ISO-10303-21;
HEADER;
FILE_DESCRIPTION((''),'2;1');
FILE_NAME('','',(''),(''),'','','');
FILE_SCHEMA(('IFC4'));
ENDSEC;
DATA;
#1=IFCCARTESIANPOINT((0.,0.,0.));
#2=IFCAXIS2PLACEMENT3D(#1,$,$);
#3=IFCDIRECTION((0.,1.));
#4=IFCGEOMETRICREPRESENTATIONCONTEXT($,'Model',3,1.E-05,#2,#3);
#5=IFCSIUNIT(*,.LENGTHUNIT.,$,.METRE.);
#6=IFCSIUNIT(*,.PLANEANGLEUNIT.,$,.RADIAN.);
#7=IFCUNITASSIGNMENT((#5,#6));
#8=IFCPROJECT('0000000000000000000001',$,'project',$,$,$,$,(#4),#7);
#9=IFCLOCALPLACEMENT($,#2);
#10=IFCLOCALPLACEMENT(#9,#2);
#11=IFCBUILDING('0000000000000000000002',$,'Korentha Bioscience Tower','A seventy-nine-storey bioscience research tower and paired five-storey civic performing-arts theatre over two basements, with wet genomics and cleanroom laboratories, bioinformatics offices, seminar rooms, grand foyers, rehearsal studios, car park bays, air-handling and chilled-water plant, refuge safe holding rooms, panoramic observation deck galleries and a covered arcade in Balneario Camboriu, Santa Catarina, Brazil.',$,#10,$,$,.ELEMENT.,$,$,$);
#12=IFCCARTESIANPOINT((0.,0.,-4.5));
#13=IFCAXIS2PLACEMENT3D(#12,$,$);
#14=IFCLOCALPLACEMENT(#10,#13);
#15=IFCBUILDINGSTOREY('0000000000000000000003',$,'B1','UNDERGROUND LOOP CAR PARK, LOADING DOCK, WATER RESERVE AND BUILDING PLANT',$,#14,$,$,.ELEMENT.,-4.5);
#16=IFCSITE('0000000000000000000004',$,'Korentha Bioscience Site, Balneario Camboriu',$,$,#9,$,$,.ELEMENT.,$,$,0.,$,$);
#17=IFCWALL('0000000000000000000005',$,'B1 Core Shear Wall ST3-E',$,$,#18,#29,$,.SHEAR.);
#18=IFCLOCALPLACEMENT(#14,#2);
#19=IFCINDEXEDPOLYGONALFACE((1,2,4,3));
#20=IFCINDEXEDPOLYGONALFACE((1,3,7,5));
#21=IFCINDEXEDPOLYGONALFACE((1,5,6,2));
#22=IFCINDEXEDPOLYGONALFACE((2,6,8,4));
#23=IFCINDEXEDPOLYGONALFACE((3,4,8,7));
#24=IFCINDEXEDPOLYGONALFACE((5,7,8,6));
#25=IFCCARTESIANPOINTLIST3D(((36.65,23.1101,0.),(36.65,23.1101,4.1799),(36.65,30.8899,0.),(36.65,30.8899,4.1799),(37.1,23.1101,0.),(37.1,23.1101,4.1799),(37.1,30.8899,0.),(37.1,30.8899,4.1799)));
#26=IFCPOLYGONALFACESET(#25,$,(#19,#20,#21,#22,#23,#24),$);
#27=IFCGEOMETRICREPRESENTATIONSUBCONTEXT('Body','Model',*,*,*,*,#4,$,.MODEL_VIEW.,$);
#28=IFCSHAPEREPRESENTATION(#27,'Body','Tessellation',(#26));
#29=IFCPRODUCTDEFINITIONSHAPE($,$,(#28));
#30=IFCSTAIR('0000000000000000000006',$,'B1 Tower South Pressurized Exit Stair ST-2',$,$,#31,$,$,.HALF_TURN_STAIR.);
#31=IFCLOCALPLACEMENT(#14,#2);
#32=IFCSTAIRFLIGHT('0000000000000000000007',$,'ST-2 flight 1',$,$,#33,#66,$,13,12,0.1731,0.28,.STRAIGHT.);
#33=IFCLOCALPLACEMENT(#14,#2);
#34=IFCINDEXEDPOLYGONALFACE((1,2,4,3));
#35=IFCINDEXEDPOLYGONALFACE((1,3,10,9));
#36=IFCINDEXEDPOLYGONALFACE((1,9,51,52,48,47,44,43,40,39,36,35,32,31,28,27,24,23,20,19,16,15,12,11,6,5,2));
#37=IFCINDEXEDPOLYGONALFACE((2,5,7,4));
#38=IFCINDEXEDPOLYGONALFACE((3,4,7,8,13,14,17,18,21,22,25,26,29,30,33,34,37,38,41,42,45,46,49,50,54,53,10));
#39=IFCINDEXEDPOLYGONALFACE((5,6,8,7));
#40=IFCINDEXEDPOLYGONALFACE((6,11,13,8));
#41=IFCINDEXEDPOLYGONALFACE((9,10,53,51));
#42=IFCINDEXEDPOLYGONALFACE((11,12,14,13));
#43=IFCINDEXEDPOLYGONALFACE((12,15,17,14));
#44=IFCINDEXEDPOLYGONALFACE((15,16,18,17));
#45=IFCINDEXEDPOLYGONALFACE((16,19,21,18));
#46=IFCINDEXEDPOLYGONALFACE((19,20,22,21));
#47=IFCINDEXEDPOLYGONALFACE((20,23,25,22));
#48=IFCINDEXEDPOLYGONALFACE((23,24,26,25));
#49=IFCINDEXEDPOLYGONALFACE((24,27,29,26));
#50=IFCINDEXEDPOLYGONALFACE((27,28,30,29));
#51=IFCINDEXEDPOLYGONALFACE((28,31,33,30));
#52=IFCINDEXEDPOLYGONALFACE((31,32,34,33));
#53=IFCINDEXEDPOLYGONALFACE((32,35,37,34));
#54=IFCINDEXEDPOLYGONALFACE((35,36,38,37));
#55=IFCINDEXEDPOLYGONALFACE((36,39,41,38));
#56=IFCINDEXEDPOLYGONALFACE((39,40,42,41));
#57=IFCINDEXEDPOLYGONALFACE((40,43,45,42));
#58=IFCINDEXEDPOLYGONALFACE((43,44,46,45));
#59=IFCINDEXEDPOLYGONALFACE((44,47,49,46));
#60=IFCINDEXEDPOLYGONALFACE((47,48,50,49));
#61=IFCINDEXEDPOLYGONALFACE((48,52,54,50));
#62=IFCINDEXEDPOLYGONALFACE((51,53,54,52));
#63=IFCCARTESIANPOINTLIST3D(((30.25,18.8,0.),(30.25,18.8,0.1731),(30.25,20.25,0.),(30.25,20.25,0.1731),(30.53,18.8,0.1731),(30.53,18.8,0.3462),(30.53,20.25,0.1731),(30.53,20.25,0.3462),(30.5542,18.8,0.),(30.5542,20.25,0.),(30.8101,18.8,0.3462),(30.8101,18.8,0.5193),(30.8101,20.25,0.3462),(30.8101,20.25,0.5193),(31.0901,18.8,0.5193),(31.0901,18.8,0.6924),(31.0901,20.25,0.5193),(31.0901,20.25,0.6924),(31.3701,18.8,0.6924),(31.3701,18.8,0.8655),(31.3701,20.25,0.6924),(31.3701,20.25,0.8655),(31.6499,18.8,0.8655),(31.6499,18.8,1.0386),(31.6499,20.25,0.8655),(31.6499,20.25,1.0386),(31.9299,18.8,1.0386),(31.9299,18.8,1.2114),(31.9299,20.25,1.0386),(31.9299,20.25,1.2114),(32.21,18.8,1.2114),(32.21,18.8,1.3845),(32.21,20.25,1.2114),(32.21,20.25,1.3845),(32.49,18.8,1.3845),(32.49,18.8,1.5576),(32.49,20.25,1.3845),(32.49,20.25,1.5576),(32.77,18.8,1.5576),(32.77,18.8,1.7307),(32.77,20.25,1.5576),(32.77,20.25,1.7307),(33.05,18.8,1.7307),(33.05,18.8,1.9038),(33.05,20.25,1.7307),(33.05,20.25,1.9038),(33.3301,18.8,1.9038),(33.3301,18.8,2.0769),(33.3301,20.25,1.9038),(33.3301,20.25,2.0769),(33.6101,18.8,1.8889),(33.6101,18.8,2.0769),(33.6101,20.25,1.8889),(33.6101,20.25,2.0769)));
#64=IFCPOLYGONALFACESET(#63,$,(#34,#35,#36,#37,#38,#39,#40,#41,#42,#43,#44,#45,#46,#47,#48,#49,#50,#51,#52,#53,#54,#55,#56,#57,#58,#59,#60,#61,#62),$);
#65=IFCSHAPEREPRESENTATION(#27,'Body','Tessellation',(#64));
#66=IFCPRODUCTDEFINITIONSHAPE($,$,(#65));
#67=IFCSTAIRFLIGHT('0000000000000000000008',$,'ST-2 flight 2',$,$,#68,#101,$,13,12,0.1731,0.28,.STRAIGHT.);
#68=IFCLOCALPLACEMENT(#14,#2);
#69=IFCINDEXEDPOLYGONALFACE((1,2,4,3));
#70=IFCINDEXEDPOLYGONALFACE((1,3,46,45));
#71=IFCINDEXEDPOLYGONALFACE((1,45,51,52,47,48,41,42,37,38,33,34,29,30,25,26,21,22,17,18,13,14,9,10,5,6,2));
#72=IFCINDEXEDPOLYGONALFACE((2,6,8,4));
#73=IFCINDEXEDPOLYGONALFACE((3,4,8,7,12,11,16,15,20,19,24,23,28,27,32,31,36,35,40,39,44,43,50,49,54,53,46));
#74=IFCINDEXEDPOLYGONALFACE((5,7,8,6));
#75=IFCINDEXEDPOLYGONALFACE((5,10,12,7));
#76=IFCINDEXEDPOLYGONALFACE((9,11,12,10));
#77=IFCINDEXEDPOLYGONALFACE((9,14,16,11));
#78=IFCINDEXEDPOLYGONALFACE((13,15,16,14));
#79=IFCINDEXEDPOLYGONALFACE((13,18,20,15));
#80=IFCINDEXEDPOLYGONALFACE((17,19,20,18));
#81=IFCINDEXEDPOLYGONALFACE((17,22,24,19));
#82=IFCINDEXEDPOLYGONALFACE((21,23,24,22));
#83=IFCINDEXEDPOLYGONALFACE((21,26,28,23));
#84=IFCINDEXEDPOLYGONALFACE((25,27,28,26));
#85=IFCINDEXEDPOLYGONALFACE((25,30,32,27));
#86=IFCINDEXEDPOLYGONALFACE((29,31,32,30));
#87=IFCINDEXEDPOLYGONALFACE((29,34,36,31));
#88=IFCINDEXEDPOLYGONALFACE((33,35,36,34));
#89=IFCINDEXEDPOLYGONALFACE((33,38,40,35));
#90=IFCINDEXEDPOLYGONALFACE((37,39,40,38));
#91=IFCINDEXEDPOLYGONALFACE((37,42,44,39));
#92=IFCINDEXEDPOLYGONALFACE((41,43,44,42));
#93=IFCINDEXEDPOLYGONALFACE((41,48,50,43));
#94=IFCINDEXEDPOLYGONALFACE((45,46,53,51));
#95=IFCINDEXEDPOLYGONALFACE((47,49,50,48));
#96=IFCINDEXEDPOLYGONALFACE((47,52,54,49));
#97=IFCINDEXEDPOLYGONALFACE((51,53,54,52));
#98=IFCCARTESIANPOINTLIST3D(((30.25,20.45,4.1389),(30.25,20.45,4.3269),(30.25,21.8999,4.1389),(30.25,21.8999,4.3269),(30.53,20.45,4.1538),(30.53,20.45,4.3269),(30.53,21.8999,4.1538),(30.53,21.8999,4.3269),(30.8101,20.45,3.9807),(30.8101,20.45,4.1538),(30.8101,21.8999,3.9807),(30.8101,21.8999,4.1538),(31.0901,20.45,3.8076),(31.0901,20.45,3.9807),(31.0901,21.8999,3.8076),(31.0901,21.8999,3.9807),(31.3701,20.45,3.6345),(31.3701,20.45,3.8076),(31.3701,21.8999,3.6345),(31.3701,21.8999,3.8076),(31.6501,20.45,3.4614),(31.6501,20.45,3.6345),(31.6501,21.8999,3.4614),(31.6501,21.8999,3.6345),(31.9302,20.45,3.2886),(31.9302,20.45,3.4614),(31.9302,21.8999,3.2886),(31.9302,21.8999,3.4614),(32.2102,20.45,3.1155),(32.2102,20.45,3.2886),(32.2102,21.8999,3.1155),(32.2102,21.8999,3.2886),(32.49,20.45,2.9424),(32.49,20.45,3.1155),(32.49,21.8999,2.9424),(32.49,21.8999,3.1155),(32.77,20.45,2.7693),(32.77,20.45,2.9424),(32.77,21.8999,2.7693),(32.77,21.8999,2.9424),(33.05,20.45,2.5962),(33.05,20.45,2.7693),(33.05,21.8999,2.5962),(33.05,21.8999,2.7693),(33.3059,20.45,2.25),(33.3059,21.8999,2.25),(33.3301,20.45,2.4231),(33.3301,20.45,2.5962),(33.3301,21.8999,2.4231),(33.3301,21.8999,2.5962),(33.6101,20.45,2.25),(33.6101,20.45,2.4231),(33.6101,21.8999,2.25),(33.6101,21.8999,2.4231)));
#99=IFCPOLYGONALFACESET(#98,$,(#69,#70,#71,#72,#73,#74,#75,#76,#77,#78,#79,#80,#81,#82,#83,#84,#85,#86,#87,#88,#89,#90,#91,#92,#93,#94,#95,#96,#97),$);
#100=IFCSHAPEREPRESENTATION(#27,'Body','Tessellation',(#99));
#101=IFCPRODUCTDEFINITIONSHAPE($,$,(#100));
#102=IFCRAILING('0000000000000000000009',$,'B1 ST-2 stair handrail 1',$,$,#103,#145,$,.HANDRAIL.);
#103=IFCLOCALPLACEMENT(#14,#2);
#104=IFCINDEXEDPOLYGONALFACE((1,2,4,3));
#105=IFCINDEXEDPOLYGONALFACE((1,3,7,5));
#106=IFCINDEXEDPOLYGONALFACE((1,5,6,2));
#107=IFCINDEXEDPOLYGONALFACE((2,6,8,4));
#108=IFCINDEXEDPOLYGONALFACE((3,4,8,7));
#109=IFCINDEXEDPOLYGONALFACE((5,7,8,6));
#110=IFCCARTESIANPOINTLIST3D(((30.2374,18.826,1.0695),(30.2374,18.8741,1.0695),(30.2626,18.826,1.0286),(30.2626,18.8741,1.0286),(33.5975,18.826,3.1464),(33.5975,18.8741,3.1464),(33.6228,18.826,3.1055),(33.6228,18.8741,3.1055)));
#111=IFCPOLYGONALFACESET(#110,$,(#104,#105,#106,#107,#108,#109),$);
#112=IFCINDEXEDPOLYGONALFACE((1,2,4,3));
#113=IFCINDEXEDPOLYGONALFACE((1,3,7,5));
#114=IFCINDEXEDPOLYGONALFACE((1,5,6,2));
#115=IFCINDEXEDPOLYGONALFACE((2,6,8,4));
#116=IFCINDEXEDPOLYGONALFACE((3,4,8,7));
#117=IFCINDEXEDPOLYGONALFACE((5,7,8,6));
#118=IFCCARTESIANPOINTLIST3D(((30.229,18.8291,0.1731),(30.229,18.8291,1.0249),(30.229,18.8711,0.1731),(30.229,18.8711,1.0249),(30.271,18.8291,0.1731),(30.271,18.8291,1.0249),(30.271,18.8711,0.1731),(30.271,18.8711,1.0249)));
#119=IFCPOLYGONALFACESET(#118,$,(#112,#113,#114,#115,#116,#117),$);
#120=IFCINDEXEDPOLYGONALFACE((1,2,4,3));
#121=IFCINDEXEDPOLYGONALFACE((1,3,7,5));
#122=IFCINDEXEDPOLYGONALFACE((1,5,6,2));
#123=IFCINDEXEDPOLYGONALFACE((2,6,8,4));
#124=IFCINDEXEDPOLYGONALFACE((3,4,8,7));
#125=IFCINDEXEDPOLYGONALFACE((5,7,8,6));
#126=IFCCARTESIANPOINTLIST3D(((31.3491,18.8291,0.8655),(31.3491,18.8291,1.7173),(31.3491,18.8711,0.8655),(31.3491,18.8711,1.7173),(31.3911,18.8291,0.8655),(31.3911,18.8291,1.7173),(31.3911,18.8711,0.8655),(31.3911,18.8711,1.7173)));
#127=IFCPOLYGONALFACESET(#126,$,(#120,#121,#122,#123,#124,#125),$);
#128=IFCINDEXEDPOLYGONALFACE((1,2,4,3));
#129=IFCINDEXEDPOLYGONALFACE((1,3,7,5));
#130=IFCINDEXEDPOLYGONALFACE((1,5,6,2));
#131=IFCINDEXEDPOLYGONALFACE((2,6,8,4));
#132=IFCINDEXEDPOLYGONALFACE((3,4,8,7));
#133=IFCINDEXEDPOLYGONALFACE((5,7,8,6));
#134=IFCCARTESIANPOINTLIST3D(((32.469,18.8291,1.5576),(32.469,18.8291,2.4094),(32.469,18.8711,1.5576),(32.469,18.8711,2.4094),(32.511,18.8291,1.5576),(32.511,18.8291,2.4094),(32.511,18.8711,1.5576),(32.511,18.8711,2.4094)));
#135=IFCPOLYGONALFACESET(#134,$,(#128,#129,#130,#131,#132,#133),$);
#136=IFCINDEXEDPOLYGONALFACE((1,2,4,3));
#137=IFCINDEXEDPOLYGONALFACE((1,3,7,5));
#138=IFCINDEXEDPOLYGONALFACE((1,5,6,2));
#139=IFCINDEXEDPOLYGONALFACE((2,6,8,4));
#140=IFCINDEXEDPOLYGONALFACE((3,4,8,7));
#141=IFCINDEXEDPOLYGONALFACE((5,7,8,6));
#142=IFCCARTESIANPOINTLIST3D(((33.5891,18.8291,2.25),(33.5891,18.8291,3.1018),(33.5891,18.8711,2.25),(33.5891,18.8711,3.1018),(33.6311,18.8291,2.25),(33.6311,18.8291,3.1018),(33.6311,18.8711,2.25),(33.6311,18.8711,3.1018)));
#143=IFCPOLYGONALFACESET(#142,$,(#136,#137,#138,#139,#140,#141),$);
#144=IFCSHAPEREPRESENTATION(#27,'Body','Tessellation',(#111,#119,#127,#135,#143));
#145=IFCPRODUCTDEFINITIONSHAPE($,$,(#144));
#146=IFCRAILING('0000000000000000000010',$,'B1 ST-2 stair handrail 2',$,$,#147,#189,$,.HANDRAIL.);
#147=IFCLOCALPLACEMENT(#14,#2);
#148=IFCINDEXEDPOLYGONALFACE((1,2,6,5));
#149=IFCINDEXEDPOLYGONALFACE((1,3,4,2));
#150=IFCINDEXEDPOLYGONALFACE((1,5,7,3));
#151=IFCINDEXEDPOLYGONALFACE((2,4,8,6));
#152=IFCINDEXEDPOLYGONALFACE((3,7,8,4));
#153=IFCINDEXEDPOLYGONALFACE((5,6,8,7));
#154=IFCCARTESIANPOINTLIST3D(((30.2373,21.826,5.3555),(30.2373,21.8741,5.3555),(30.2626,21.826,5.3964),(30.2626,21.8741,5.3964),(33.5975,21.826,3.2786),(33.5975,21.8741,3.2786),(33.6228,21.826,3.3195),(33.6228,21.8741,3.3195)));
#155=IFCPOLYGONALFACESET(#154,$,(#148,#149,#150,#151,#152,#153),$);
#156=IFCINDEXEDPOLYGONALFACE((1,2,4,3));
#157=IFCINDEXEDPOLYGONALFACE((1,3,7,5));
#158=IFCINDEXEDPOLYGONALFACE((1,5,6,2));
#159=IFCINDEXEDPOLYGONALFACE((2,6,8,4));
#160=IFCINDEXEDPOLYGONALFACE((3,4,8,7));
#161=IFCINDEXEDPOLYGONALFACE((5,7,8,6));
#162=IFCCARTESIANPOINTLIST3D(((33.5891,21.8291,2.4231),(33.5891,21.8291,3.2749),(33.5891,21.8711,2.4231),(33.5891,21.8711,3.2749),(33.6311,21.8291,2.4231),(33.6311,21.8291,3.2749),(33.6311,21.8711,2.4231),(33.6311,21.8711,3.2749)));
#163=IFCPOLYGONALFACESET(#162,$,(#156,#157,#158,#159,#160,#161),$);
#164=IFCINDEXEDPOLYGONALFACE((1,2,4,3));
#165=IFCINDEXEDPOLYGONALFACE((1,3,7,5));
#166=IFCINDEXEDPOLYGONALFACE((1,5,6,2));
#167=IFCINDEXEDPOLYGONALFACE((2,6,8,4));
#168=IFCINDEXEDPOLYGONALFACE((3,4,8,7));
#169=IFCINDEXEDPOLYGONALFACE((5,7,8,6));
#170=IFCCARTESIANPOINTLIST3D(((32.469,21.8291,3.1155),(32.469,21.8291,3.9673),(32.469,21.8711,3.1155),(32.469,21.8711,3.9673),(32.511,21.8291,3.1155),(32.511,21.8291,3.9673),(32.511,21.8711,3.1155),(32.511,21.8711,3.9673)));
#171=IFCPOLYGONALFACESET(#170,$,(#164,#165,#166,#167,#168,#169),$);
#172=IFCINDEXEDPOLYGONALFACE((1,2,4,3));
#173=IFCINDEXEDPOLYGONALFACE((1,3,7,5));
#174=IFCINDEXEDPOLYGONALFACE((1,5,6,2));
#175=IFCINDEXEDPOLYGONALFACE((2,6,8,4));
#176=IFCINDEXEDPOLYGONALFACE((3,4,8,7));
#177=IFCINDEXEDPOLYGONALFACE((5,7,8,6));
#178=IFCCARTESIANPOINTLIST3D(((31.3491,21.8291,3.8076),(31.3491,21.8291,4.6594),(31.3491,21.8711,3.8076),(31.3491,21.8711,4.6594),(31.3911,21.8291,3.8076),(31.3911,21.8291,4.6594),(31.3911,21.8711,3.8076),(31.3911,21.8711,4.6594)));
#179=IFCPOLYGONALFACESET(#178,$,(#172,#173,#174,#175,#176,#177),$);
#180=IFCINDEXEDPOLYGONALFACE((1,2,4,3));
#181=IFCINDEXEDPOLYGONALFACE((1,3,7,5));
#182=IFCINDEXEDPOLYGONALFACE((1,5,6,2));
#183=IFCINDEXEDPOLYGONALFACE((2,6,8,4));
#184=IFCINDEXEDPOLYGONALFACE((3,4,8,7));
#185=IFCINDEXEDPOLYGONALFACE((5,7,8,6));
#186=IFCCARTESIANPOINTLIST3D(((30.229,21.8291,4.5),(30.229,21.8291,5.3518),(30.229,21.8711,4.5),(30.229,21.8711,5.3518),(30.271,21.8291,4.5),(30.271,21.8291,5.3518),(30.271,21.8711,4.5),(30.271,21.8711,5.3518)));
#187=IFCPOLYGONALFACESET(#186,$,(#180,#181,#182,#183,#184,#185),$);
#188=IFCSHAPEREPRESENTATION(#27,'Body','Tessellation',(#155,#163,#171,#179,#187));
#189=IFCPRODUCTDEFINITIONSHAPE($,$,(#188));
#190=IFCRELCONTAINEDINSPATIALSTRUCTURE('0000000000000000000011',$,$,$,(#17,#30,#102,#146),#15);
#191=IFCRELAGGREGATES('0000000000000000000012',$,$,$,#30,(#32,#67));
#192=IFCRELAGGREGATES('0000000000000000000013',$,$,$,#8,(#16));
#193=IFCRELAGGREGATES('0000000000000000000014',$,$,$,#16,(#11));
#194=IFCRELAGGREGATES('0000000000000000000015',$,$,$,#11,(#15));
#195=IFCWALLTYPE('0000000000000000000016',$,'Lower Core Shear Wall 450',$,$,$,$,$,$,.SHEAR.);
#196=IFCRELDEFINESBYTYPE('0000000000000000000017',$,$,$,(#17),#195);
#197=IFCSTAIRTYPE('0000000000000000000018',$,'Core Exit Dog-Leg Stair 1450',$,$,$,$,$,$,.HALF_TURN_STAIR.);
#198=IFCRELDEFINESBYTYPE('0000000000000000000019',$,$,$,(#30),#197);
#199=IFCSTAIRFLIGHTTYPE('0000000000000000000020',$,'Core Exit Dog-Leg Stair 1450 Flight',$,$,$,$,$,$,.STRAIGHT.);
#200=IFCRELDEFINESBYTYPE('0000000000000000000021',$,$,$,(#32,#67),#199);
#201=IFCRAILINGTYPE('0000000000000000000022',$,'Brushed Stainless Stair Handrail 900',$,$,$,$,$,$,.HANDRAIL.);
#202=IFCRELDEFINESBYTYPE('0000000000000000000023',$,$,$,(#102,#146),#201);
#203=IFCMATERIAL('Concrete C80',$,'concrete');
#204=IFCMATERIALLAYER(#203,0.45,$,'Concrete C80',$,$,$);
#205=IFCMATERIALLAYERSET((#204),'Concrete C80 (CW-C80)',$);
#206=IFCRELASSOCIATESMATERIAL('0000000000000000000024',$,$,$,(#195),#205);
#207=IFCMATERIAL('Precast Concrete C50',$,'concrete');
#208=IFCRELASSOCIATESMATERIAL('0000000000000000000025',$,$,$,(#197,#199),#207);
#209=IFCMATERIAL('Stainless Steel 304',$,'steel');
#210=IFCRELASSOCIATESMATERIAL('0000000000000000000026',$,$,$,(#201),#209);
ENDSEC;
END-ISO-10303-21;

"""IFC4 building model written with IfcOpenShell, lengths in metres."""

from ifc_helpers import new_model, si_unit, direction, frame, frame_2d, origin, origin_2d, place, context, subcontext, project, spatial, polyline, rectangle, outline, extrude, material, layer, layer_set, type_object, element, aggregate, save


model = new_model("IFC4")

# Units and contexts
model_context = context("Model", 3, precision=1e-05, world=origin(), true_north=direction((0.0, 1.0)))
body_context = subcontext(model_context, "Body", "Model", "MODEL_VIEW")
ifc_project = project(units=[si_unit("LENGTHUNIT", "METRE"), si_unit("PLANEANGLEUNIT", "RADIAN")], contexts=[model_context])

# Site, building, storey
site_placement = place(None, origin())
site = spatial("IfcSite", under=ifc_project, at=site_placement, Name="Korentha Bioscience Site, Balneario Camboriu", CompositionType="ELEMENT", RefElevation=0.0)
building_placement = place(site_placement, origin())
building = spatial("IfcBuilding", under=site, at=building_placement, Name="Korentha Bioscience Tower", Description="A seventy-nine-storey bioscience research tower and paired five-storey civic performing-arts theatre over two basements, with wet genomics and cleanroom laboratories, bioinformatics offices, seminar rooms, grand foyers, rehearsal studios, car park bays, air-handling and chilled-water plant, refuge safe holding rooms, panoramic observation deck galleries and a covered arcade in Balneario Camboriu, Santa Catarina, Brazil.", CompositionType="ELEMENT")
storey_placement = place(building_placement, frame((0.0, 0.0, -4.5)))
storey = spatial("IfcBuildingStorey", under=building, at=storey_placement, Name="B1", Description="UNDERGROUND LOOP CAR PARK, LOADING DOCK, WATER RESERVE AND BUILDING PLANT", CompositionType="ELEMENT", Elevation=-4.5)

# Shared definitions
ifc_material_1 = material(Name="Concrete C80", Category="concrete")

# Wall
ifc_layer_1 = layer(ifc_material_1, 0.45, Name="Concrete C80")
ifc_layer_set_1 = layer_set([ifc_layer_1], Name="Concrete C80 (CW-C80)")
wall_type_1 = type_object("IfcWallType", Name="Lower Core Shear Wall 450", PredefinedType="SHEAR", material=ifc_layer_set_1)
wall_1_placement = place(storey_placement, frame((36.875, 23.1101, 0.0), z_axis=(0.0, 0.0, 1.0), x_axis=(0.0, 1.0, 0.0)))
element("IfcWall", 1, at=wall_1_placement, inside=storey, type_object=wall_type_1, Name="B1 Core Shear Wall ST3-E", PredefinedType="SHEAR", context=body_context, shape_type="SweptSolid", body=[
    extrude(rectangle(XDim=7.7798, YDim=0.45, at=frame_2d((3.8899, 0.0))), origin(), (0.0, 0.0, 1.0), 4.1799),
])

# Stair, stair flights
ifc_material_2 = material(Name="Precast Concrete C50", Category="concrete")
stair_type = type_object("IfcStairType", Name="Core Exit Dog-Leg Stair 1450", PredefinedType="HALF_TURN_STAIR", material=ifc_material_2)
stair_placement = place(storey_placement, origin())
stair = element("IfcStair", 2, at=stair_placement, inside=storey, type_object=stair_type, Name="B1 Tower South Pressurized Exit Stair ST-2", PredefinedType="HALF_TURN_STAIR")
stair_flight_type = type_object("IfcStairFlightType", Name="Core Exit Dog-Leg Stair 1450 Flight", PredefinedType="STRAIGHT", material=ifc_material_2)
stair_flight_1_placement = place(storey_placement, frame((30.25, 19.5249, 0.0), z_axis=(0.0, 0.0, 1.0), x_axis=(1.0, 0.0, 0.0)))
stair_flight_1 = element("IfcStairFlight", 3, at=stair_flight_1_placement, type_object=stair_flight_type, Name="ST-2 flight 1", NumberOfRisers=13, NumberOfTreads=12, PredefinedType="STRAIGHT", RiserHeight=0.1731, TreadLength=0.28, context=body_context, shape_type="SweptSolid", body=[
    extrude(outline(polyline([(0.0, 0.0), (0.0, 0.1731), (0.28, 0.1731), (0.28, 0.3462), (0.5601, 0.3462), (0.5601, 0.5193), (0.8401, 0.5193), (0.8401, 0.6924), (1.1201, 0.6924), (1.1201, 0.8655), (1.3999, 0.8655), (1.3999, 1.0386), (1.6799, 1.0386), (1.6799, 1.2114), (1.96, 1.2114), (1.96, 1.3845), (2.24, 1.3845), (2.24, 1.5576), (2.52, 1.5576), (2.52, 1.7307), (2.8, 1.7307), (2.8, 1.9038), (3.0801, 1.9038), (3.0801, 2.0769), (3.3601, 2.0769), (3.3601, 2.25), (3.3601, 1.8889), (0.3042, 0.0), (0.0, 0.0)])), frame((0.0, 0.7251, 0.0), z_axis=(0.0, -1.0, 0.0), x_axis=(1.0, 0.0, 0.0)), (0.0, 0.0, 1.0), 1.45),
])
stair_flight_2_placement = place(storey_placement, frame((33.6101, 21.175, 2.25), z_axis=(0.0, 0.0, 1.0), x_axis=(-1.0, 0.0, 0.0)))
stair_flight_2 = element("IfcStairFlight", 4, at=stair_flight_2_placement, type_object=stair_flight_type, Name="ST-2 flight 2", NumberOfRisers=13, NumberOfTreads=12, PredefinedType="STRAIGHT", RiserHeight=0.1731, TreadLength=0.28, context=body_context, shape_type="SweptSolid", body=[
    extrude(outline(polyline([(0.0, 0.0), (0.0, 0.1731), (0.28, 0.1731), (0.28, 0.3462), (0.5601, 0.3462), (0.5601, 0.5193), (0.8401, 0.5193), (0.8401, 0.6924), (1.1201, 0.6924), (1.1201, 0.8655), (1.3999, 0.8655), (1.3999, 1.0386), (1.6799, 1.0386), (1.6799, 1.2114), (1.96, 1.2114), (1.96, 1.3845), (2.24, 1.3845), (2.24, 1.5576), (2.52, 1.5576), (2.52, 1.7307), (2.8, 1.7307), (2.8, 1.9038), (3.0801, 1.9038), (3.0801, 2.0769), (3.3601, 2.0769), (3.3601, 2.25), (3.3601, 1.8889), (0.3042, 0.0), (0.0, 0.0)])), frame((0.0, 0.7251, 0.0), z_axis=(0.0, -1.0, 0.0), x_axis=(1.0, 0.0, 0.0)), (0.0, 0.0, 1.0), 1.45),
])
aggregate(stair, [stair_flight_1, stair_flight_2])

# Railings
ifc_material_3 = material(Name="Stainless Steel 304", Category="steel")
railing_type_1 = type_object("IfcRailingType", Name="Brushed Stainless Stair Handrail 900", PredefinedType="HANDRAIL", material=ifc_material_3)
railing_1_placement = place(storey_placement, frame((30.25, 18.8501, 0.1731)))
element("IfcRailing", 5, at=railing_1_placement, inside=storey, type_object=railing_type_1, Name="B1 ST-2 stair handrail 1", PredefinedType="HANDRAIL", context=body_context, shape_type="SweptSolid", body=[
    extrude(rectangle(XDim=0.0481, YDim=0.0481, at=origin_2d()), frame((0.0, 0.0, 0.876), z_axis=(0.850623, 0.0, 0.525776), x_axis=(0.0, 1.0, 0.0)), (0.0, 0.0, 1.0), 3.9502),
    extrude(rectangle(XDim=0.042, YDim=0.042, at=origin_2d()), origin(), (0.0, 0.0, 1.0), 0.8518),
    extrude(rectangle(XDim=0.042, YDim=0.042, at=origin_2d()), frame((1.1201, 0.0, 0.6924)), (0.0, 0.0, 1.0), 0.8518),
    extrude(rectangle(XDim=0.042, YDim=0.042, at=origin_2d()), frame((2.24, 0.0, 1.3845)), (0.0, 0.0, 1.0), 0.8518),
    extrude(rectangle(XDim=0.042, YDim=0.042, at=origin_2d()), frame((3.3601, 0.0, 2.0769)), (0.0, 0.0, 1.0), 0.8518),
])
railing_2_placement = place(storey_placement, frame((33.6101, 21.8501, 2.4231)))
element("IfcRailing", 6, at=railing_2_placement, inside=storey, type_object=railing_type_1, Name="B1 ST-2 stair handrail 2", PredefinedType="HANDRAIL", context=body_context, shape_type="SweptSolid", body=[
    extrude(rectangle(XDim=0.0481, YDim=0.0481, at=origin_2d()), frame((0.0, 0.0, 0.876), z_axis=(-0.850623, 0.0, 0.525776), x_axis=(0.0, -1.0, 0.0)), (0.0, 0.0, 1.0), 3.9502),
    extrude(rectangle(XDim=0.042, YDim=0.042, at=origin_2d()), origin(), (0.0, 0.0, 1.0), 0.8518),
    extrude(rectangle(XDim=0.042, YDim=0.042, at=origin_2d()), frame((-1.1201, 0.0, 0.6924)), (0.0, 0.0, 1.0), 0.8518),
    extrude(rectangle(XDim=0.042, YDim=0.042, at=origin_2d()), frame((-2.24, 0.0, 1.3845)), (0.0, 0.0, 1.0), 0.8518),
    extrude(rectangle(XDim=0.042, YDim=0.042, at=origin_2d()), frame((-3.3601, 0.0, 2.0769)), (0.0, 0.0, 1.0), 0.8518),
])

save(model, "model.ifc")
